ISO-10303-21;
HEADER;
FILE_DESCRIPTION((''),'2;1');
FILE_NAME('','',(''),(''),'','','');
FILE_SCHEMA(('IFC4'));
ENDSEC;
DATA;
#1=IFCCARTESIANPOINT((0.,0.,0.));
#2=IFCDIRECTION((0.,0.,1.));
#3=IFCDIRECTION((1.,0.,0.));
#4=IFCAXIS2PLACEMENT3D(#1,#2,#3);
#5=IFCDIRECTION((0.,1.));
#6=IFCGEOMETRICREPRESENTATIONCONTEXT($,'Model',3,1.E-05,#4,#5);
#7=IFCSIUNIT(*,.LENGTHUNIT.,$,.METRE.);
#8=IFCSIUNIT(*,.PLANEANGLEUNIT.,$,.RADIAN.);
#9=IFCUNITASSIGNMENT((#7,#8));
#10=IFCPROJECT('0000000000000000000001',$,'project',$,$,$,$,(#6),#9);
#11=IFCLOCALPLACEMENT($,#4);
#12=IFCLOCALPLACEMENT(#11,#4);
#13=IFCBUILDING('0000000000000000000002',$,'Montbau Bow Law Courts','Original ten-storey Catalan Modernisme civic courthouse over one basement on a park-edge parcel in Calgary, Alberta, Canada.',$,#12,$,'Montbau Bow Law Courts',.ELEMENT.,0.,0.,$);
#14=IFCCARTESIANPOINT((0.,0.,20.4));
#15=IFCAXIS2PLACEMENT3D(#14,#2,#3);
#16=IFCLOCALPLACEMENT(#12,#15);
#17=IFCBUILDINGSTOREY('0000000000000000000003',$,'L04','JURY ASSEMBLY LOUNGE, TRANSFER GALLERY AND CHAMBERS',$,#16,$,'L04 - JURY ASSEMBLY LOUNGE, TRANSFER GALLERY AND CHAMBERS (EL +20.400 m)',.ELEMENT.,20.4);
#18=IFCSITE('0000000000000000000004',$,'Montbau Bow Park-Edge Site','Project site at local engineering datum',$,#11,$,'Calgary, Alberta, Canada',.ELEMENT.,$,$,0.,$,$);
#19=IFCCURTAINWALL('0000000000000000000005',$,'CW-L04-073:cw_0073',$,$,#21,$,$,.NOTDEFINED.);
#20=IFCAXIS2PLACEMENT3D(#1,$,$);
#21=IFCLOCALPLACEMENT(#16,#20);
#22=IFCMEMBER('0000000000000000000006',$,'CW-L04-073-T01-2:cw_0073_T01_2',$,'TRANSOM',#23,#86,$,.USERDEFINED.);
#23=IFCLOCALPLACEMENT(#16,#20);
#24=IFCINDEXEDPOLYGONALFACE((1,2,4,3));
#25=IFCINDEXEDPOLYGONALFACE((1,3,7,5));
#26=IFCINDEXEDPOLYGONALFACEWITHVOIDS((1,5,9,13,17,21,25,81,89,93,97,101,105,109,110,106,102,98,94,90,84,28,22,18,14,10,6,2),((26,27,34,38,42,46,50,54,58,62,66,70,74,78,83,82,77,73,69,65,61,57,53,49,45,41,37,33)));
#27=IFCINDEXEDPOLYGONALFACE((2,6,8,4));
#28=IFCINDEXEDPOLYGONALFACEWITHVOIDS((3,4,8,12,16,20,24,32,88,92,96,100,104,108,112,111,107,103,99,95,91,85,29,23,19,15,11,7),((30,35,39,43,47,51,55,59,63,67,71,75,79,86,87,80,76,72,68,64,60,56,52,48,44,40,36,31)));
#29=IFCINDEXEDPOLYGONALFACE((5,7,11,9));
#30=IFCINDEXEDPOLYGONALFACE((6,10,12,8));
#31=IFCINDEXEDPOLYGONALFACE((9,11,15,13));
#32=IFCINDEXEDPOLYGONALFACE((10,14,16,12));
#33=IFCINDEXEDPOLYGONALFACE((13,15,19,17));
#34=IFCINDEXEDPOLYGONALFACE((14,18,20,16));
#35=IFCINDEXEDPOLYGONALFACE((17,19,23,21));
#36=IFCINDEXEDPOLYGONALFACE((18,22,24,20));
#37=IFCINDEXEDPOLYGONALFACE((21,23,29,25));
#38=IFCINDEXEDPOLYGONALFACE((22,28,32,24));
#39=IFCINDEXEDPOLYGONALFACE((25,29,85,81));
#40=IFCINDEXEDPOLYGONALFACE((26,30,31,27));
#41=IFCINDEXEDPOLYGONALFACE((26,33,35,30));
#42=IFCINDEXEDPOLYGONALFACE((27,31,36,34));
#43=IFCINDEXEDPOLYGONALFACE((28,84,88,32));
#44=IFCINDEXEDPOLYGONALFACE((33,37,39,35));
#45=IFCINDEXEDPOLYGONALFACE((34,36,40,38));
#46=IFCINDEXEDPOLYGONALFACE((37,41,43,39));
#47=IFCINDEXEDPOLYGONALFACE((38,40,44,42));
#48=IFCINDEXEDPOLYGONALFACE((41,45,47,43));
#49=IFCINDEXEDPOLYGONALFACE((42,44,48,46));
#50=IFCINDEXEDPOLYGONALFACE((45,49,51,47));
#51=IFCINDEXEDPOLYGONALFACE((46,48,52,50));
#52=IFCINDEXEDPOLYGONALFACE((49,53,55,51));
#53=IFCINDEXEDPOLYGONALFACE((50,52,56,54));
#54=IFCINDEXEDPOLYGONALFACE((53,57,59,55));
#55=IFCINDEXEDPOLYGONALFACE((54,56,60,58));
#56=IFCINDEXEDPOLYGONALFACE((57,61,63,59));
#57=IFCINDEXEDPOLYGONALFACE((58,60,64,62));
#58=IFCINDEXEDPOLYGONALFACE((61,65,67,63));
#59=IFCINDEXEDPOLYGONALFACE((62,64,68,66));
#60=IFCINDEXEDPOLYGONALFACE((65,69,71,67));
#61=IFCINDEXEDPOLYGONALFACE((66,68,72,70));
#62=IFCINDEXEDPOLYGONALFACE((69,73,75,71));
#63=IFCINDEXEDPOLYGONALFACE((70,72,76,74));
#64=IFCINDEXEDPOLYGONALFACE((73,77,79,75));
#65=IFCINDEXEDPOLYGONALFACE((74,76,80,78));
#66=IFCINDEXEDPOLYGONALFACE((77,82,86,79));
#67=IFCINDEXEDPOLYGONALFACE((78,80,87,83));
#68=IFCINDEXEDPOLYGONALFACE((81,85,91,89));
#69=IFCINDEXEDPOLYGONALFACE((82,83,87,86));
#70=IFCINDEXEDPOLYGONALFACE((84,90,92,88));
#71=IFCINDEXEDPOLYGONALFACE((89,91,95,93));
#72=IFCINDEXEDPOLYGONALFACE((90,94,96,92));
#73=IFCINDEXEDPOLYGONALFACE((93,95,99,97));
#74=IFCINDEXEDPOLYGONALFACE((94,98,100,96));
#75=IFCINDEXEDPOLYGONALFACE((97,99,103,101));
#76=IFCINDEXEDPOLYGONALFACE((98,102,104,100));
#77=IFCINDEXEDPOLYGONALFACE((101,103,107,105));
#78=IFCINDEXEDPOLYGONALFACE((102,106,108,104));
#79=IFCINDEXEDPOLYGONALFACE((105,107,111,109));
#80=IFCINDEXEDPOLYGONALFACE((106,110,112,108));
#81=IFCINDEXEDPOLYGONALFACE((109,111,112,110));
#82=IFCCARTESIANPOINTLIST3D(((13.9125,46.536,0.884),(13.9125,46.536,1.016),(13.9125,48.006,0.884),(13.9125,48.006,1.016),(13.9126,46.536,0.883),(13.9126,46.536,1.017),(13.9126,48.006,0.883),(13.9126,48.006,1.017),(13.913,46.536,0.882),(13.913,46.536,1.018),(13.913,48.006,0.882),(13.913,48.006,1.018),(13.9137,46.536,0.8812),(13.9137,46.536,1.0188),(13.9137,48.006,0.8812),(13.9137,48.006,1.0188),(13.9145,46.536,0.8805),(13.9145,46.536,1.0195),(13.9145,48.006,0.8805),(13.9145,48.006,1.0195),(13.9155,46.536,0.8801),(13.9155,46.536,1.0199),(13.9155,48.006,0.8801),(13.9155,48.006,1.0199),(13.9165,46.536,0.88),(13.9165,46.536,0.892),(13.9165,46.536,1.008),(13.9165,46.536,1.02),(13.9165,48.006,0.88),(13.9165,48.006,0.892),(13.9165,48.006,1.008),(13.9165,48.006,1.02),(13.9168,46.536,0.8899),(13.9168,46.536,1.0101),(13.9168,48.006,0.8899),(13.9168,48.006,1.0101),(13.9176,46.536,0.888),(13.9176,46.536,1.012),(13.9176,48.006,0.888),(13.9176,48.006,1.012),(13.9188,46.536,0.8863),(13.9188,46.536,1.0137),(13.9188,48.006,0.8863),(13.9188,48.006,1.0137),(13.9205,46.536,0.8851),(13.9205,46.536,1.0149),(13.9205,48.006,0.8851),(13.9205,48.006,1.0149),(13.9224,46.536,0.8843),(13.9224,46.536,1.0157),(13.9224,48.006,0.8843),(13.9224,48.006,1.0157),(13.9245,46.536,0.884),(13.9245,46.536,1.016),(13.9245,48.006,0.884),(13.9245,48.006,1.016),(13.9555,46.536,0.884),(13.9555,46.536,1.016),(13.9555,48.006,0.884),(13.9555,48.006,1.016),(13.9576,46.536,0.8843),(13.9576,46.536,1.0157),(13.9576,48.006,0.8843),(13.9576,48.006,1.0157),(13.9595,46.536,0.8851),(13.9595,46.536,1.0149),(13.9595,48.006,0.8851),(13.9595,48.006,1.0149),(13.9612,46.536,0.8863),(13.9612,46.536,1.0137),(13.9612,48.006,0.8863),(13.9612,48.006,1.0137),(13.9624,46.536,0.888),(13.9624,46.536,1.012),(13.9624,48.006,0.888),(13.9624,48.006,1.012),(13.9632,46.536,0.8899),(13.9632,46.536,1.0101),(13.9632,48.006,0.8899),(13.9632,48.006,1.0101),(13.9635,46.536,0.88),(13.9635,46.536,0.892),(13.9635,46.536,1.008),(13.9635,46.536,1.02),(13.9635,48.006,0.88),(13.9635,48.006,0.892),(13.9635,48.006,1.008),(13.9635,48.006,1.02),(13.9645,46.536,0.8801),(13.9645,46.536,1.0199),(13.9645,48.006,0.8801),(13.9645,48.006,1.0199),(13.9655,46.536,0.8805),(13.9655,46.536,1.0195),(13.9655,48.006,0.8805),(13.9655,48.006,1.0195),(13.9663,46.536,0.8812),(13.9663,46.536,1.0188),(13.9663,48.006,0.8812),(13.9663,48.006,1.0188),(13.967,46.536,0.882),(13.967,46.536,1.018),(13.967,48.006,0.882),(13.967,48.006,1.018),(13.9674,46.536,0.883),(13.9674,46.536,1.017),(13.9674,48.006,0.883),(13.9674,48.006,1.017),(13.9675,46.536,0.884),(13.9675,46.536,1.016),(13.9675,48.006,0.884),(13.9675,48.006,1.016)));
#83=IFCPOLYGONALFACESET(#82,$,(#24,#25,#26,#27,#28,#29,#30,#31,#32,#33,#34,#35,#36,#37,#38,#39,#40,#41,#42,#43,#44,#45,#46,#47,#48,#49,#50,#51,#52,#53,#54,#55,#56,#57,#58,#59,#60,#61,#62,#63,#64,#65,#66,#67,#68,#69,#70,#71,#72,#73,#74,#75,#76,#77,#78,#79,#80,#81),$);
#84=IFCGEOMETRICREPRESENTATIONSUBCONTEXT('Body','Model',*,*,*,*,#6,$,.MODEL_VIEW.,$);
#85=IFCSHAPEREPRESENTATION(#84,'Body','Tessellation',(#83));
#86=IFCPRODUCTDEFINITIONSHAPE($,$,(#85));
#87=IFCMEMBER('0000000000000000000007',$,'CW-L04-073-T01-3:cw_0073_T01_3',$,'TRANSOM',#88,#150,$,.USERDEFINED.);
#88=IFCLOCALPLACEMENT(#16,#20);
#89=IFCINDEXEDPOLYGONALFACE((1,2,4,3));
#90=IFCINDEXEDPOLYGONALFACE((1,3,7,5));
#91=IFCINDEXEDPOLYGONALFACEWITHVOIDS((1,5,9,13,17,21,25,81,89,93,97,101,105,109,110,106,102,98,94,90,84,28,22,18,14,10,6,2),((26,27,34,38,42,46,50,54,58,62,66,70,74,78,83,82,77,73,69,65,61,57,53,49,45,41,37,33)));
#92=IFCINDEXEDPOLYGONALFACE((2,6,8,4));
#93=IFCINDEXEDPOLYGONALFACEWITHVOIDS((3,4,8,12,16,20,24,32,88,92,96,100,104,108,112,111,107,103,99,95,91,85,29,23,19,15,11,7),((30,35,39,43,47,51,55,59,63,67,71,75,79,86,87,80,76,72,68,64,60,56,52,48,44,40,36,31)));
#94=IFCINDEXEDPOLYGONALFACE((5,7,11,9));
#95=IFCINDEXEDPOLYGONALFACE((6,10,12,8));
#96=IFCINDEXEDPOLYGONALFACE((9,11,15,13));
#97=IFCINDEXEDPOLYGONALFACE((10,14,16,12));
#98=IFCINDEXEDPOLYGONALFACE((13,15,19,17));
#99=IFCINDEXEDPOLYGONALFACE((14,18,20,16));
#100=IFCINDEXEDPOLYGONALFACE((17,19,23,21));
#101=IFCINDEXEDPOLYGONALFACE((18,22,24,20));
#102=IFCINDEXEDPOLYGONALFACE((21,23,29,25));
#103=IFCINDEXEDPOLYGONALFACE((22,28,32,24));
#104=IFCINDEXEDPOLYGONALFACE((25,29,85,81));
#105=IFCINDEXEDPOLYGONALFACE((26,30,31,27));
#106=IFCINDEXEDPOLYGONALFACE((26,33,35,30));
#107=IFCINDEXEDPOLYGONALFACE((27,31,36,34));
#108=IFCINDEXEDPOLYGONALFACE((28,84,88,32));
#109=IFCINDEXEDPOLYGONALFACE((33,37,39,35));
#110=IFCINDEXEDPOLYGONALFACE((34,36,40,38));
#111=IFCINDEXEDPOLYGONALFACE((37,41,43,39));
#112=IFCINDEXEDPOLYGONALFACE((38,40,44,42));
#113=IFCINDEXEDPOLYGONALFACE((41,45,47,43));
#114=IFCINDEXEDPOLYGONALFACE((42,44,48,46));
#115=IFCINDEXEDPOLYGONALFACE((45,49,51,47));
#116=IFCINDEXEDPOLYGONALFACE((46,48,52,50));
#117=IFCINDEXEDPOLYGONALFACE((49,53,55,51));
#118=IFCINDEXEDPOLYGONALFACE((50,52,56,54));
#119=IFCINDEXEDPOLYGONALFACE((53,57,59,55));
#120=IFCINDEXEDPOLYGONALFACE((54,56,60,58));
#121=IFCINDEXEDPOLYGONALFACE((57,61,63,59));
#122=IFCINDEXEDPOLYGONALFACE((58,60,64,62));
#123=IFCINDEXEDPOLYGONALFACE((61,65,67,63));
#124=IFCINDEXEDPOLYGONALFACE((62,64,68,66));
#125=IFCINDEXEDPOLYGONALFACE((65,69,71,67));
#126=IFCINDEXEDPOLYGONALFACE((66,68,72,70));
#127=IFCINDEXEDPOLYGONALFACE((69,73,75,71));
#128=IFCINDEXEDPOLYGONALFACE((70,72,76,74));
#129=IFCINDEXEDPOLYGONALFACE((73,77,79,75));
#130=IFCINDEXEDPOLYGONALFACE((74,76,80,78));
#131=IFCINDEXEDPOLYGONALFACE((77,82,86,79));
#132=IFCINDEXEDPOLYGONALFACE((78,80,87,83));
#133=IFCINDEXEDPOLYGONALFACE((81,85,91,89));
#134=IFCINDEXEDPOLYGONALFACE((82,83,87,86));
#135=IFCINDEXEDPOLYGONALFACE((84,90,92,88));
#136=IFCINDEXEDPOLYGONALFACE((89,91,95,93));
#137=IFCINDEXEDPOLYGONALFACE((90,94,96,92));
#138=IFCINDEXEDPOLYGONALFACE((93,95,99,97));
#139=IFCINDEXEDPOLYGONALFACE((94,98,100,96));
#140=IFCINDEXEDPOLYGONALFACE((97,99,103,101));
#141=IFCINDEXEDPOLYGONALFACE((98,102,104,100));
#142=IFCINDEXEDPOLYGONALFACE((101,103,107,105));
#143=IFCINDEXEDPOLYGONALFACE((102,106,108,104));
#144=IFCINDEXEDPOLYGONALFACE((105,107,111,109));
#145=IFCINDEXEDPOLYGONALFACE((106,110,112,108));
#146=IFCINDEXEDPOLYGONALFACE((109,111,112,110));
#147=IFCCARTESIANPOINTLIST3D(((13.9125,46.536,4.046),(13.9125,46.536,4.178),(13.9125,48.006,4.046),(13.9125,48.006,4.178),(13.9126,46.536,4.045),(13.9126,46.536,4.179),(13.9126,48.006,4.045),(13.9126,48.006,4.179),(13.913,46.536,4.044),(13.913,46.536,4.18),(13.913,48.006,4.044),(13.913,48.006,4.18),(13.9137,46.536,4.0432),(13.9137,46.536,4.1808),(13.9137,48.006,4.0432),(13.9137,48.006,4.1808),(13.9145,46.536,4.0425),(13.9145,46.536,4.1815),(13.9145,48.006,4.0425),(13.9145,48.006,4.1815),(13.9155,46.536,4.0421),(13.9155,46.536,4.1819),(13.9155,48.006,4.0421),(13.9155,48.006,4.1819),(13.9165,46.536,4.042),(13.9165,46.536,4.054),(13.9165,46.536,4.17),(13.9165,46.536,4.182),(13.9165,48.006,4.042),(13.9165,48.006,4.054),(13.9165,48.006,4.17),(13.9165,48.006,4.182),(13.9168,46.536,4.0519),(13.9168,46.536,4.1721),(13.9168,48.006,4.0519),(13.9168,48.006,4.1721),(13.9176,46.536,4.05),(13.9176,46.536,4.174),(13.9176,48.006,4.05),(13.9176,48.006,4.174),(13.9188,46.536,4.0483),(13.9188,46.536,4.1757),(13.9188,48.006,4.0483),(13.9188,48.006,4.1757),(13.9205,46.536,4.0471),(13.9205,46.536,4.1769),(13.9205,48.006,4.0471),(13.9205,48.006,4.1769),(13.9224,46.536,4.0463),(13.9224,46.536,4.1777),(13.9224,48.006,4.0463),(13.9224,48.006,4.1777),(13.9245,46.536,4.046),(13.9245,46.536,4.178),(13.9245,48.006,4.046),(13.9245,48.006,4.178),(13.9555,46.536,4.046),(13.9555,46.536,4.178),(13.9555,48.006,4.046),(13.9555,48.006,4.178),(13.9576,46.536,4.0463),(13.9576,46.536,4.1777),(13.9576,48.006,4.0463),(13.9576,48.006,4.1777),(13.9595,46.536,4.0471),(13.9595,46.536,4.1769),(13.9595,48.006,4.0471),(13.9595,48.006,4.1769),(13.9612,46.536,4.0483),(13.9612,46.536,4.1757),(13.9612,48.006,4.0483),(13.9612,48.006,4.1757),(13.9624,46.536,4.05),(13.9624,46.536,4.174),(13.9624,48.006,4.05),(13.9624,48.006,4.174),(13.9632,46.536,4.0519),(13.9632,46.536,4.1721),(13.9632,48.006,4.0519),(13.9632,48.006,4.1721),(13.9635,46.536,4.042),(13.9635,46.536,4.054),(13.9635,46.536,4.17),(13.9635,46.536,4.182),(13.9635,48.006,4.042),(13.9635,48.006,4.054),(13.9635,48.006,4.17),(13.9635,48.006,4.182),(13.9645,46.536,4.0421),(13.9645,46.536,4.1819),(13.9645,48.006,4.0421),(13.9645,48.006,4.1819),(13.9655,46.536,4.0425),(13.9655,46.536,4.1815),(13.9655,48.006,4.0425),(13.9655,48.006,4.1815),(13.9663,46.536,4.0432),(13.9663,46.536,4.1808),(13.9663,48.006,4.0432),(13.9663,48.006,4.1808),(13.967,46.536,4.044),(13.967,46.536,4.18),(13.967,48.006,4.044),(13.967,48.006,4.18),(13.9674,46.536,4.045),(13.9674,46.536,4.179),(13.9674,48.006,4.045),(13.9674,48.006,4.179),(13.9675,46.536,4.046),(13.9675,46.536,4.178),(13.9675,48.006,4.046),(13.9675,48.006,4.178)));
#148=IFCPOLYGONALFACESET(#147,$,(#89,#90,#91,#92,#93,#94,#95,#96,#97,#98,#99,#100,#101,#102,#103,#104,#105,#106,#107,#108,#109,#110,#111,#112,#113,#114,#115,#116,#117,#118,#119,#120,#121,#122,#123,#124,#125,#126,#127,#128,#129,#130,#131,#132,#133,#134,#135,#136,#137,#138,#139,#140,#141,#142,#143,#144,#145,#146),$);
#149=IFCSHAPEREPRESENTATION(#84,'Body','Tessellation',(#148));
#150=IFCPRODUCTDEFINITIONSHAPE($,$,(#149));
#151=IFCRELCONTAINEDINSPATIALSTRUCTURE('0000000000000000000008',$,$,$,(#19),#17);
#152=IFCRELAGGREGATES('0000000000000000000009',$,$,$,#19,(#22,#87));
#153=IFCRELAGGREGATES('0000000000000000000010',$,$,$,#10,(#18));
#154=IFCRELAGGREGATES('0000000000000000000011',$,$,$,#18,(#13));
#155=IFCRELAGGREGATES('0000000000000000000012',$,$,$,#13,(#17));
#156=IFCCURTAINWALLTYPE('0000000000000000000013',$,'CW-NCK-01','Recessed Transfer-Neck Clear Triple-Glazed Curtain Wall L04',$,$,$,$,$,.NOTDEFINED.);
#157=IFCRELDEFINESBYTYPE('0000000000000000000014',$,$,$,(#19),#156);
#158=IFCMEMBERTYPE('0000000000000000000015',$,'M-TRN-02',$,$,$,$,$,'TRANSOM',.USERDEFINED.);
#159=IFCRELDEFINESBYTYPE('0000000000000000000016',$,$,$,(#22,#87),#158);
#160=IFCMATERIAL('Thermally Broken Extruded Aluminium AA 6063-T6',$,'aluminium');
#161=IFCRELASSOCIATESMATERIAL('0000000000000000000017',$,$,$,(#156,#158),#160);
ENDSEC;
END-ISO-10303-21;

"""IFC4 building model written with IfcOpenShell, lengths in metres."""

from ifc_helpers import new_model, si_unit, direction, frame, origin_with_axes, origin_2d_with_axis, place, context, subcontext, project, spatial, hollow_rectangle, extrude, material, material_profile, profile_set, type_object, element, aggregate, save


model = new_model("IFC4")

# Units and contexts
model_context = context("Model", 3, precision=1e-05, world=origin_with_axes(), true_north=direction((0.0, 1.0)))
body_context = subcontext(model_context, "Body", "Model", "MODEL_VIEW")
ifc_project = project(units=[si_unit("LENGTHUNIT", "METRE"), si_unit("PLANEANGLEUNIT", "RADIAN")], contexts=[model_context])

# Site, building, storey
site_placement = place(None, origin_with_axes())
site = spatial("IfcSite", under=ifc_project, at=site_placement, Name="Montbau Bow Park-Edge Site", Description="Project site at local engineering datum", LongName="Calgary, Alberta, Canada", CompositionType="ELEMENT", RefElevation=0.0)
building_placement = place(site_placement, origin_with_axes())
building = spatial("IfcBuilding", under=site, at=building_placement, Name="Montbau Bow Law Courts", Description="Original ten-storey Catalan Modernisme civic courthouse over one basement on a park-edge parcel in Calgary, Alberta, Canada.", LongName="Montbau Bow Law Courts", CompositionType="ELEMENT", ElevationOfRefHeight=0.0, ElevationOfTerrain=0.0)
storey_placement = place(building_placement, frame((0.0, 0.0, 20.4), z_axis=(0.0, 0.0, 1.0), x_axis=(1.0, 0.0, 0.0)))
storey = spatial("IfcBuildingStorey", under=building, at=storey_placement, Name="L04", Description="JURY ASSEMBLY LOUNGE, TRANSFER GALLERY AND CHAMBERS", LongName="L04 - JURY ASSEMBLY LOUNGE, TRANSFER GALLERY AND CHAMBERS (EL +20.400 m)", CompositionType="ELEMENT", Elevation=20.4)

# Shared definitions
ifc_material_1 = material(Name="Thermally Broken Extruded Aluminium AA 6063-T6", Category="aluminium")
curtain_wall_type = type_object("IfcCurtainWallType", Name="CW-NCK-01", Description="Recessed Transfer-Neck Clear Triple-Glazed Curtain Wall L04", PredefinedType="NOTDEFINED", material=ifc_material_1)

# Curtain wall, members
curtain_wall_1_placement = place(None, frame((13.94, 46.468, 20.4), z_axis=(0.0, 0.0, 1.0), x_axis=(1.0, 0.0, 0.0)))
curtain_wall_1 = element("IfcCurtainWall", 1, at=curtain_wall_1_placement, inside=storey, type_object=curtain_wall_type, Name="CW-L04-073:cw_0073", PredefinedType="NOTDEFINED")
ifc_material_profile_1 = material_profile(ifc_material_1, hollow_rectangle(XDim=0.055, YDim=0.14, WallThickness=0.004, InnerFilletRadius=0.008, OuterFilletRadius=0.004, at=origin_2d_with_axis()), Name="CWT-140X55", Category="Main", Priority=0)
ifc_profile_set_1 = profile_set([ifc_material_profile_1], Name="Thermally Broken Extruded Aluminium AA 6063-T6")
member_type_1 = type_object("IfcMemberType", Name="M-TRN-02", ElementType="TRANSOM", PredefinedType="USERDEFINED", material=ifc_profile_set_1)
member_1_placement = place(None, frame((13.94, 46.536, 21.35), z_axis=(0.0, 1.0, 0.0), x_axis=(-1.0, 0.0, 0.0)))
member_1 = element("IfcMember", 2, at=member_1_placement, type_object=member_type_1, Name="CW-L04-073-T01-2:cw_0073_T01_2", ObjectType="TRANSOM", PredefinedType="USERDEFINED", context=body_context, shape_type="SweptSolid", body=[
    extrude(hollow_rectangle(XDim=0.055, YDim=0.14, WallThickness=0.004, InnerFilletRadius=0.008, OuterFilletRadius=0.004, at=origin_2d_with_axis()), origin_with_axes(), (0.0, 0.0, 1.0), 1.47),
])
member_2_placement = place(None, frame((13.94, 46.536, 24.512), z_axis=(0.0, 1.0, 0.0), x_axis=(-1.0, 0.0, 0.0)))
member_2 = element("IfcMember", 3, at=member_2_placement, type_object=member_type_1, Name="CW-L04-073-T01-3:cw_0073_T01_3", ObjectType="TRANSOM", PredefinedType="USERDEFINED", context=body_context, shape_type="SweptSolid", body=[
    extrude(hollow_rectangle(XDim=0.055, YDim=0.14, WallThickness=0.004, InnerFilletRadius=0.008, OuterFilletRadius=0.004, at=origin_2d_with_axis()), origin_with_axes(), (0.0, 0.0, 1.0), 1.47),
])
aggregate(curtain_wall_1, [member_1, member_2])

save(model, "model.ifc")
